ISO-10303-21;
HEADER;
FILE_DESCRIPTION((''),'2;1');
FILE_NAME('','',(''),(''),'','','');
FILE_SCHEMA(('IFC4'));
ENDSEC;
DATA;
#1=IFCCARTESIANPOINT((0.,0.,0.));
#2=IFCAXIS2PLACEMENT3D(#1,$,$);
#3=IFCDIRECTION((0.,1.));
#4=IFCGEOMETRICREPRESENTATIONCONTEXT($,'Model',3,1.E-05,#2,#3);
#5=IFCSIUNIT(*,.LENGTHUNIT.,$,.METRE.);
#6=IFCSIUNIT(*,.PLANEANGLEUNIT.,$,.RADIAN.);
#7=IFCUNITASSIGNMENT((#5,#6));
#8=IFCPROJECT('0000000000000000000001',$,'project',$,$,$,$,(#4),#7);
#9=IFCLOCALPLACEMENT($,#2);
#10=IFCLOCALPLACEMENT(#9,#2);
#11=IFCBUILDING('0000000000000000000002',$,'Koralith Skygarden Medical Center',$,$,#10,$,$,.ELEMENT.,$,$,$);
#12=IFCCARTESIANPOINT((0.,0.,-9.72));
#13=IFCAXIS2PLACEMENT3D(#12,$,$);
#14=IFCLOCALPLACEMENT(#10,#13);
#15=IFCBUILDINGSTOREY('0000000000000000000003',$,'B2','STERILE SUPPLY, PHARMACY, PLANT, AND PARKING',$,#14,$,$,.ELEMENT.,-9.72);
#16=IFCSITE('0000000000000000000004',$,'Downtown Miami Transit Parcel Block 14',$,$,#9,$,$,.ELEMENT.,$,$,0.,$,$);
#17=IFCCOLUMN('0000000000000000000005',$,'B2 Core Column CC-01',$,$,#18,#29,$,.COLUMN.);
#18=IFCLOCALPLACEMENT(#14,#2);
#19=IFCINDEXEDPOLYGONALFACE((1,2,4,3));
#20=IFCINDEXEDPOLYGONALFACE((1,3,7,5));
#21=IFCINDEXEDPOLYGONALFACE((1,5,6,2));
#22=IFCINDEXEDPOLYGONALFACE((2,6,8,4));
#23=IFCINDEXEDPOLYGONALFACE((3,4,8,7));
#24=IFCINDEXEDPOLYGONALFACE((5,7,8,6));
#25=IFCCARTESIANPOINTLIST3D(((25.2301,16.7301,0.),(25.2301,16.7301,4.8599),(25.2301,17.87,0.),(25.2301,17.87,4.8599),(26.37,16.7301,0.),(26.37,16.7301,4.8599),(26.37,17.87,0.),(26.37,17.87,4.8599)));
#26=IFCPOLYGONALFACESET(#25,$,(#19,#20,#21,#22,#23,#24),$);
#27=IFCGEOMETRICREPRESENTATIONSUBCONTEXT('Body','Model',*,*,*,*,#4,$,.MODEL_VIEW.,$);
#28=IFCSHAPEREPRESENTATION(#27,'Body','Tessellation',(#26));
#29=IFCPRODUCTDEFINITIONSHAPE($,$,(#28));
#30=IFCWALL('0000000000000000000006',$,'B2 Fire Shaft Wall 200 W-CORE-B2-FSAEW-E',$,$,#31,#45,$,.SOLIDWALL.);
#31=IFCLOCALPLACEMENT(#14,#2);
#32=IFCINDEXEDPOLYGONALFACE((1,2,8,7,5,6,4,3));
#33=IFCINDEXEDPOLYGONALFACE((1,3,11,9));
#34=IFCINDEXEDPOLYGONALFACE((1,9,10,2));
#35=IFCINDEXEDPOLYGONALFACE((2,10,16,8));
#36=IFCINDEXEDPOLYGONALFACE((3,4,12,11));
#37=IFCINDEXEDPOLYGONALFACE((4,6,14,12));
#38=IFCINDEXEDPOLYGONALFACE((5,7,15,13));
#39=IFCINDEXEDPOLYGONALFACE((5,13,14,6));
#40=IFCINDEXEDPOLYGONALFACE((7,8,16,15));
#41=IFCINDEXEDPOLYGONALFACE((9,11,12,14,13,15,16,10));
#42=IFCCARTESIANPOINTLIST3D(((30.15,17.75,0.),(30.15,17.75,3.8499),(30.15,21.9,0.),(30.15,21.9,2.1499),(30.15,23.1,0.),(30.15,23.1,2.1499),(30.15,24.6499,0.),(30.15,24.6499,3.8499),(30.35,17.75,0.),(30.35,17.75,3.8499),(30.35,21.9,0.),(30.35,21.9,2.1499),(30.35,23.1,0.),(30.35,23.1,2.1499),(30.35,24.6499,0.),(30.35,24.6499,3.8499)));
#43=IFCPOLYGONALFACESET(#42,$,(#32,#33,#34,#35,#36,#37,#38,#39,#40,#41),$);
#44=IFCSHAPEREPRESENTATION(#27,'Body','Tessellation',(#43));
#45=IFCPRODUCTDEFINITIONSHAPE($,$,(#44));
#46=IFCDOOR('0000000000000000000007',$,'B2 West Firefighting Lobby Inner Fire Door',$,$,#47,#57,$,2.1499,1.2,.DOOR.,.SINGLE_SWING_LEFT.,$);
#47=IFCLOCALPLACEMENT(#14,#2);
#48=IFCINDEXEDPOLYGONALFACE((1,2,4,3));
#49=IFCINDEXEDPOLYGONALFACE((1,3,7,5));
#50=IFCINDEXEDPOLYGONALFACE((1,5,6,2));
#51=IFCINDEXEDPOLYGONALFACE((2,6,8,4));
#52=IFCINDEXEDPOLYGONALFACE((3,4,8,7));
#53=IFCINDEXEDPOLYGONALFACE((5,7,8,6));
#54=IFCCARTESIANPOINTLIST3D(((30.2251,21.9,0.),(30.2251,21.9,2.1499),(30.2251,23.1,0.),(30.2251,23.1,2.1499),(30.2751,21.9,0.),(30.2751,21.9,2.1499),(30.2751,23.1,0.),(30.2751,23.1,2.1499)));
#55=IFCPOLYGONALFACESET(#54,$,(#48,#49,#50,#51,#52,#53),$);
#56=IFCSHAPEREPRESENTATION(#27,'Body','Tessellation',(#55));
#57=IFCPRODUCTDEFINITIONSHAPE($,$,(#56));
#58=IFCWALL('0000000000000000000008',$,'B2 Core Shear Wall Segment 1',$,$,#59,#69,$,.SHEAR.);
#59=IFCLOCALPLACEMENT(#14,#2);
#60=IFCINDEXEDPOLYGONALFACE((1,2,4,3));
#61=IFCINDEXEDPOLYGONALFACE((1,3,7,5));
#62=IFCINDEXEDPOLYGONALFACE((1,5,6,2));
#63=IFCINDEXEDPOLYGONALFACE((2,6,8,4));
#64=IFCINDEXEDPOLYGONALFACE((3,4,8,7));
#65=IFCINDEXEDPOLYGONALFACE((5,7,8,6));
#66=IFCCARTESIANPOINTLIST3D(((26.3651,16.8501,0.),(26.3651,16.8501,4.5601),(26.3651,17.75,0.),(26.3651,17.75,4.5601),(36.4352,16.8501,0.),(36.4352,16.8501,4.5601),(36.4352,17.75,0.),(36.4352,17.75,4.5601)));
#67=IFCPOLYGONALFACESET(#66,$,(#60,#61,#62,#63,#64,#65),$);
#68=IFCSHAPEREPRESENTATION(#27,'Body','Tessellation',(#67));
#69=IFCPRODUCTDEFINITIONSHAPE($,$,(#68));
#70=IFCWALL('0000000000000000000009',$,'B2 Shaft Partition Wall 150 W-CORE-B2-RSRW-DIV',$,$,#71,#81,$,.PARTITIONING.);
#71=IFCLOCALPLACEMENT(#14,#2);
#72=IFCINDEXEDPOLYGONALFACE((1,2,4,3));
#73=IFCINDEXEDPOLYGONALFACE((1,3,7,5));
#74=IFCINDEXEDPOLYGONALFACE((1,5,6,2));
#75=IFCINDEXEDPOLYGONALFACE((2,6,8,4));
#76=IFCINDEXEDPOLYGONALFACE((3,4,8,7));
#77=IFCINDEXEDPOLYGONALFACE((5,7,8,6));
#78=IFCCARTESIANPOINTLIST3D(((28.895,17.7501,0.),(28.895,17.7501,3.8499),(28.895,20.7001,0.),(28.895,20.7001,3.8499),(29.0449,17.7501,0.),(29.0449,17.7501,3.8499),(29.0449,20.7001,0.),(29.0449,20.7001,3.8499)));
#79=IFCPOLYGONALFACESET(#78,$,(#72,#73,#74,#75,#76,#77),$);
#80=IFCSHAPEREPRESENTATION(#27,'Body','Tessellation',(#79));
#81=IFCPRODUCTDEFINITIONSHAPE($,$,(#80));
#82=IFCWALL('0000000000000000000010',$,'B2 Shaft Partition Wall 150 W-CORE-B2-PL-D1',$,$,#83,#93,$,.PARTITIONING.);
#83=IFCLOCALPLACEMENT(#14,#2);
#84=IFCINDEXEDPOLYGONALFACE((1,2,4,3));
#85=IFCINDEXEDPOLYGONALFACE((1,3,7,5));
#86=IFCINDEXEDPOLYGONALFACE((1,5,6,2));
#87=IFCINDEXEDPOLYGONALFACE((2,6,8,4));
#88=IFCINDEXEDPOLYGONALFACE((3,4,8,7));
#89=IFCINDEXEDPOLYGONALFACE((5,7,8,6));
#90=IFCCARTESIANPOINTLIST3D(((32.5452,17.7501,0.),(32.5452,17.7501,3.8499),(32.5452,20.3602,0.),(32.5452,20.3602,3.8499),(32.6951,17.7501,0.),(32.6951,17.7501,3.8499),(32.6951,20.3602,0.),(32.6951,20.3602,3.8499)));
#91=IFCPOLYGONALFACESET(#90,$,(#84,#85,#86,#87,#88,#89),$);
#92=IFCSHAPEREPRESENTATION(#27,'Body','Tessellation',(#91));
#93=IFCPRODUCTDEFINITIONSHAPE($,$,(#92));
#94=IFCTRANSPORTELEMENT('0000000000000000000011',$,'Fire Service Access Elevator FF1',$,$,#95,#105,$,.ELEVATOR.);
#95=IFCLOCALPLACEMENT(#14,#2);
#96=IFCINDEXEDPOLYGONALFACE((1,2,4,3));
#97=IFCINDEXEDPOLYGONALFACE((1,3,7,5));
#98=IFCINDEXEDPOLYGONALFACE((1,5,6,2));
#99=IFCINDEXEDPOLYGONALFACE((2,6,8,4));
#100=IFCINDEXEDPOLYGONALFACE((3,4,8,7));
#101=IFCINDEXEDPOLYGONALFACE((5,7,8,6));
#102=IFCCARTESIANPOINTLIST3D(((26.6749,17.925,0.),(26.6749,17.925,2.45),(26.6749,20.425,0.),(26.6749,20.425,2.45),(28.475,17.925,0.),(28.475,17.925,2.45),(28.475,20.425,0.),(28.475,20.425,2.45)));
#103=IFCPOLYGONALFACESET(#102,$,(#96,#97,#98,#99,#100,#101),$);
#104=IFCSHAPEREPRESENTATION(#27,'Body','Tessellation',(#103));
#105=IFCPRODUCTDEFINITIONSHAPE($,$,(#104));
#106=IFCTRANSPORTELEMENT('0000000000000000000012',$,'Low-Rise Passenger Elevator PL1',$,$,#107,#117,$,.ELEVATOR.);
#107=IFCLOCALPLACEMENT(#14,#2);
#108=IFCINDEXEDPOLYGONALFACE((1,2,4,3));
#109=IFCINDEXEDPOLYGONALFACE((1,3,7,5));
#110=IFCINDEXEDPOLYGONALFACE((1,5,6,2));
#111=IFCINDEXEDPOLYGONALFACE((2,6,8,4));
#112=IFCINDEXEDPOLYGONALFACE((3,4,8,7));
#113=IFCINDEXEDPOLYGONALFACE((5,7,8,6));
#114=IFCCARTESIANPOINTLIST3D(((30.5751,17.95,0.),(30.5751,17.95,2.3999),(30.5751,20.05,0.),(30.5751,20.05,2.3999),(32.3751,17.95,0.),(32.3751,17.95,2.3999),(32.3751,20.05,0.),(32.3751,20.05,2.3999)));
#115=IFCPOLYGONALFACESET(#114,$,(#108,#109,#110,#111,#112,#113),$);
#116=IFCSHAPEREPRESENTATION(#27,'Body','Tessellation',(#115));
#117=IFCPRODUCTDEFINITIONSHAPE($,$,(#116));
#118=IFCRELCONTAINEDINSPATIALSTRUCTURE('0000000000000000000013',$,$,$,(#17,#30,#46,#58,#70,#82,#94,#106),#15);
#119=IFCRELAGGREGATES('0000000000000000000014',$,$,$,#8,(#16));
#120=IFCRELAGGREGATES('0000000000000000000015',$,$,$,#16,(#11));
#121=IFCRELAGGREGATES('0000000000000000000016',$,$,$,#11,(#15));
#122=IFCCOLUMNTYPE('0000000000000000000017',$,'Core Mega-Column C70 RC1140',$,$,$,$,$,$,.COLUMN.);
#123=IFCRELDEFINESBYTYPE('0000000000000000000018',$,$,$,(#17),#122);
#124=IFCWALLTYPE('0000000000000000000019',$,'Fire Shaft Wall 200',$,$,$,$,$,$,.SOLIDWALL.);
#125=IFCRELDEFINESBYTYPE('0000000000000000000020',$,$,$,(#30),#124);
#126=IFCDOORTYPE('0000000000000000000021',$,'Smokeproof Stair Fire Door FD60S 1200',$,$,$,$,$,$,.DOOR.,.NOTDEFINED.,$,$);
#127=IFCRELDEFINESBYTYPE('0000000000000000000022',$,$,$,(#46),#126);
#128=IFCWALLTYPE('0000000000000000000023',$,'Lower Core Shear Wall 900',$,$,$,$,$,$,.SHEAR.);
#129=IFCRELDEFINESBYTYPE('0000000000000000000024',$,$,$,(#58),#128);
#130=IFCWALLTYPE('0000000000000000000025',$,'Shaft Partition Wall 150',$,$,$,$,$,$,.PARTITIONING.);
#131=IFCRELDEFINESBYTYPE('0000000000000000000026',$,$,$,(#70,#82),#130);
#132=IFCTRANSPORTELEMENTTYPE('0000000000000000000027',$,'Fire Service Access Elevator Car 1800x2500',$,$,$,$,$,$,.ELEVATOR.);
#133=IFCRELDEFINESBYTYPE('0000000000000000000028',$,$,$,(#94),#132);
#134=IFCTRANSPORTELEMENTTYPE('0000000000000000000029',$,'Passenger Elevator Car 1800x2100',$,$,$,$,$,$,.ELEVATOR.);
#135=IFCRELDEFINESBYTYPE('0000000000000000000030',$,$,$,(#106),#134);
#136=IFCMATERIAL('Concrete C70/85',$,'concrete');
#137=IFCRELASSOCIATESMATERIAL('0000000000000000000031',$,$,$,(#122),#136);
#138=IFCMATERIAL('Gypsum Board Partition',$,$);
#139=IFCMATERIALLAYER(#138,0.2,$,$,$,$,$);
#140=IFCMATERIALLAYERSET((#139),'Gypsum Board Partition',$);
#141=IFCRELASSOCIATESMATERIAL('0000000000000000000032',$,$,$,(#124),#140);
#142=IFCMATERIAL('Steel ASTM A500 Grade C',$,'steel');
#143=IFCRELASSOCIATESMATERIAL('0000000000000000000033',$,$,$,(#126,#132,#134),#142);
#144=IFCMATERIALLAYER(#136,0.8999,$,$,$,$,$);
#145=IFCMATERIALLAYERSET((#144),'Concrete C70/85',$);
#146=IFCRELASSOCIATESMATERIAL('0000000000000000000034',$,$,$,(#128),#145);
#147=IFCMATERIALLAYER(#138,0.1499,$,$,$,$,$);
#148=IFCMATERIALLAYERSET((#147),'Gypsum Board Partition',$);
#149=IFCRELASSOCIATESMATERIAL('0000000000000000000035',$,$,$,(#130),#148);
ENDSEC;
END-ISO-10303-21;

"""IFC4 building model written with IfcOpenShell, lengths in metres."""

from ifc_helpers import new_model, si_unit, direction, frame, frame_2d, origin, origin_2d, place, context, subcontext, project, spatial, rectangle, extrude, material, layer, layer_set, material_profile, profile_set, type_object, element, fill, save


model = new_model("IFC4")

# Units and contexts
model_context = context("Model", 3, precision=1e-05, world=origin(), true_north=direction((0.0, 1.0)))
body_context = subcontext(model_context, "Body", "Model", "MODEL_VIEW")
ifc_project = project(units=[si_unit("LENGTHUNIT", "METRE"), si_unit("PLANEANGLEUNIT", "RADIAN")], contexts=[model_context])

# Site, building, storey
site_placement = place(None, origin())
site = spatial("IfcSite", under=ifc_project, at=site_placement, Name="Downtown Miami Transit Parcel Block 14", CompositionType="ELEMENT", RefElevation=0.0)
building_placement = place(site_placement, origin())
building = spatial("IfcBuilding", under=site, at=building_placement, Name="Koralith Skygarden Medical Center", CompositionType="ELEMENT")
storey_placement = place(building_placement, frame((0.0, 0.0, -9.72)))
storey = spatial("IfcBuildingStorey", under=building, at=storey_placement, Name="B2", Description="STERILE SUPPLY, PHARMACY, PLANT, AND PARKING", CompositionType="ELEMENT", Elevation=-9.72)

# Column
ifc_material_1 = material(Name="Concrete C70/85", Category="concrete")
ifc_material_profile_1 = material_profile(ifc_material_1, rectangle(XDim=1.1399, YDim=1.1399, at=origin_2d()), Name="RC1140X1140")
ifc_profile_set_1 = profile_set([ifc_material_profile_1], Name="Concrete C70/85")
column_type = type_object("IfcColumnType", Name="Core Mega-Column C70 RC1140", PredefinedType="COLUMN", material=ifc_profile_set_1)
column_placement = place(storey_placement, frame((25.8, 17.3, 0.0), z_axis=(0.0, 0.0, 1.0), x_axis=(1.0, 0.0, 0.0)))
element("IfcColumn", 1, at=column_placement, inside=storey, type_object=column_type, Name="B2 Core Column CC-01", PredefinedType="COLUMN", context=body_context, shape_type="SweptSolid", body=[
    extrude(rectangle(XDim=1.1399, YDim=1.1399, at=origin_2d()), origin(), (0.0, 0.0, 1.0), 4.8599),
])

# Wall, opening, door
ifc_material_2 = material(Name="Gypsum Board Partition")
ifc_layer_1 = layer(ifc_material_2, 0.2)
ifc_layer_set_1 = layer_set([ifc_layer_1], Name="Gypsum Board Partition")
wall_type_1 = type_object("IfcWallType", Name="Fire Shaft Wall 200", PredefinedType="SOLIDWALL", material=ifc_layer_set_1)
ifc_material_3 = material(Name="Steel ASTM A500 Grade C", Category="steel")
wall_1_placement = place(storey_placement, frame((30.25, 17.75, 0.0), z_axis=(0.0, 0.0, 1.0), x_axis=(0.0, 1.0, 0.0)))
wall_1 = element("IfcWall", 2, at=wall_1_placement, inside=storey, type_object=wall_type_1, Name="B2 Fire Shaft Wall 200 W-CORE-B2-FSAEW-E", PredefinedType="SOLIDWALL", context=body_context, shape_type="SweptSolid", body=[
    extrude(rectangle(XDim=6.8999, YDim=0.2, at=frame_2d((3.45, 0.0))), origin(), (0.0, 0.0, 1.0), 3.8499),
])
opening_1_placement = place(wall_1_placement, frame((4.1499, 0.0, 0.0)))
opening_1 = element("IfcOpeningElement", 3, at=opening_1_placement, cuts=wall_1, PredefinedType="OPENING", context=body_context, shape_type="SweptSolid", body=[
    extrude(rectangle(XDim=1.2, YDim=2.1499, at=frame_2d((0.6001, 1.075))), frame((0.0, 0.1099, 0.0), z_axis=(0.0, -1.0, 0.0), x_axis=(1.0, 0.0, 0.0)), (0.0, 0.0, 1.0), 0.22),
])
door_type_1 = type_object("IfcDoorType", Name="Smokeproof Stair Fire Door FD60S 1200", OperationType="NOTDEFINED", PredefinedType="DOOR", material=ifc_material_3)
door_1_placement = place(opening_1_placement, origin())
door_1 = element("IfcDoor", 4, at=door_1_placement, inside=storey, type_object=door_type_1, Name="B2 West Firefighting Lobby Inner Fire Door", OperationType="SINGLE_SWING_LEFT", OverallHeight=2.1499, OverallWidth=1.2, PredefinedType="DOOR", context=body_context, shape_type="SweptSolid", body=[
    extrude(rectangle(XDim=1.2, YDim=2.1499, at=frame_2d((0.6001, 1.075))), frame((0.0, 0.0249, 0.0), z_axis=(0.0, -1.0, 0.0), x_axis=(1.0, 0.0, 0.0)), (0.0, 0.0, 1.0), 0.05),
])
fill(opening_1, door_1)

# Walls
ifc_layer_2 = layer(ifc_material_1, 0.8999)
ifc_layer_set_2 = layer_set([ifc_layer_2], Name="Concrete C70/85")
wall_type_2 = type_object("IfcWallType", Name="Lower Core Shear Wall 900", PredefinedType="SHEAR", material=ifc_layer_set_2)
wall_2_placement = place(storey_placement, frame((26.365, 17.3, 0.0), z_axis=(0.0, 0.0, 1.0), x_axis=(1.0, 0.0, 0.0)))
element("IfcWall", 5, at=wall_2_placement, inside=storey, type_object=wall_type_2, Name="B2 Core Shear Wall Segment 1", PredefinedType="SHEAR", context=body_context, shape_type="SweptSolid", body=[
    extrude(rectangle(XDim=10.0701, YDim=0.8999, at=frame_2d((5.0352, 0.0))), origin(), (0.0, 0.0, 1.0), 4.5601),
])
ifc_layer_3 = layer(ifc_material_2, 0.1499)
ifc_layer_set_3 = layer_set([ifc_layer_3], Name="Gypsum Board Partition")
wall_type_3 = type_object("IfcWallType", Name="Shaft Partition Wall 150", PredefinedType="PARTITIONING", material=ifc_layer_set_3)
wall_3_placement = place(storey_placement, frame((28.97, 17.75, 0.0), z_axis=(0.0, 0.0, 1.0), x_axis=(0.0, 1.0, 0.0)))
element("IfcWall", 6, at=wall_3_placement, inside=storey, type_object=wall_type_3, Name="B2 Shaft Partition Wall 150 W-CORE-B2-RSRW-DIV", PredefinedType="PARTITIONING", context=body_context, shape_type="SweptSolid", body=[
    extrude(rectangle(XDim=2.95, YDim=0.1499, at=frame_2d((1.4751, 0.0))), origin(), (0.0, 0.0, 1.0), 3.8499),
])
wall_4_placement = place(storey_placement, frame((32.6201, 17.75, 0.0), z_axis=(0.0, 0.0, 1.0), x_axis=(0.0, 1.0, 0.0)))
element("IfcWall", 7, at=wall_4_placement, inside=storey, type_object=wall_type_3, Name="B2 Shaft Partition Wall 150 W-CORE-B2-PL-D1", PredefinedType="PARTITIONING", context=body_context, shape_type="SweptSolid", body=[
    extrude(rectangle(XDim=2.6101, YDim=0.1499, at=frame_2d((1.3052, 0.0))), origin(), (0.0, 0.0, 1.0), 3.8499),
])

# Transport elements
transport_element_type_1 = type_object("IfcTransportElementType", Name="Fire Service Access Elevator Car 1800x2500", PredefinedType="ELEVATOR", material=ifc_material_3)
transport_element_1_placement = place(storey_placement, frame((27.575, 19.175, 0.0), z_axis=(0.0, 0.0, 1.0), x_axis=(1.0, 0.0, 0.0)))
element("IfcTransportElement", 8, at=transport_element_1_placement, inside=storey, type_object=transport_element_type_1, Name="Fire Service Access Elevator FF1", PredefinedType="ELEVATOR", context=body_context, shape_type="SweptSolid", body=[
    extrude(rectangle(XDim=1.8, YDim=2.5, at=origin_2d()), origin(), (0.0, 0.0, 1.0), 2.45),
])
transport_element_type_2 = type_object("IfcTransportElementType", Name="Passenger Elevator Car 1800x2100", PredefinedType="ELEVATOR", material=ifc_material_3)
transport_element_2_placement = place(storey_placement, frame((31.4751, 19.0, 0.0), z_axis=(0.0, 0.0, 1.0), x_axis=(1.0, 0.0, 0.0)))
element("IfcTransportElement", 9, at=transport_element_2_placement, inside=storey, type_object=transport_element_type_2, Name="Low-Rise Passenger Elevator PL1", PredefinedType="ELEVATOR", context=body_context, shape_type="SweptSolid", body=[
    extrude(rectangle(XDim=1.8, YDim=2.1001, at=origin_2d()), origin(), (0.0, 0.0, 1.0), 2.3999),
])

save(model, "model.ifc")
